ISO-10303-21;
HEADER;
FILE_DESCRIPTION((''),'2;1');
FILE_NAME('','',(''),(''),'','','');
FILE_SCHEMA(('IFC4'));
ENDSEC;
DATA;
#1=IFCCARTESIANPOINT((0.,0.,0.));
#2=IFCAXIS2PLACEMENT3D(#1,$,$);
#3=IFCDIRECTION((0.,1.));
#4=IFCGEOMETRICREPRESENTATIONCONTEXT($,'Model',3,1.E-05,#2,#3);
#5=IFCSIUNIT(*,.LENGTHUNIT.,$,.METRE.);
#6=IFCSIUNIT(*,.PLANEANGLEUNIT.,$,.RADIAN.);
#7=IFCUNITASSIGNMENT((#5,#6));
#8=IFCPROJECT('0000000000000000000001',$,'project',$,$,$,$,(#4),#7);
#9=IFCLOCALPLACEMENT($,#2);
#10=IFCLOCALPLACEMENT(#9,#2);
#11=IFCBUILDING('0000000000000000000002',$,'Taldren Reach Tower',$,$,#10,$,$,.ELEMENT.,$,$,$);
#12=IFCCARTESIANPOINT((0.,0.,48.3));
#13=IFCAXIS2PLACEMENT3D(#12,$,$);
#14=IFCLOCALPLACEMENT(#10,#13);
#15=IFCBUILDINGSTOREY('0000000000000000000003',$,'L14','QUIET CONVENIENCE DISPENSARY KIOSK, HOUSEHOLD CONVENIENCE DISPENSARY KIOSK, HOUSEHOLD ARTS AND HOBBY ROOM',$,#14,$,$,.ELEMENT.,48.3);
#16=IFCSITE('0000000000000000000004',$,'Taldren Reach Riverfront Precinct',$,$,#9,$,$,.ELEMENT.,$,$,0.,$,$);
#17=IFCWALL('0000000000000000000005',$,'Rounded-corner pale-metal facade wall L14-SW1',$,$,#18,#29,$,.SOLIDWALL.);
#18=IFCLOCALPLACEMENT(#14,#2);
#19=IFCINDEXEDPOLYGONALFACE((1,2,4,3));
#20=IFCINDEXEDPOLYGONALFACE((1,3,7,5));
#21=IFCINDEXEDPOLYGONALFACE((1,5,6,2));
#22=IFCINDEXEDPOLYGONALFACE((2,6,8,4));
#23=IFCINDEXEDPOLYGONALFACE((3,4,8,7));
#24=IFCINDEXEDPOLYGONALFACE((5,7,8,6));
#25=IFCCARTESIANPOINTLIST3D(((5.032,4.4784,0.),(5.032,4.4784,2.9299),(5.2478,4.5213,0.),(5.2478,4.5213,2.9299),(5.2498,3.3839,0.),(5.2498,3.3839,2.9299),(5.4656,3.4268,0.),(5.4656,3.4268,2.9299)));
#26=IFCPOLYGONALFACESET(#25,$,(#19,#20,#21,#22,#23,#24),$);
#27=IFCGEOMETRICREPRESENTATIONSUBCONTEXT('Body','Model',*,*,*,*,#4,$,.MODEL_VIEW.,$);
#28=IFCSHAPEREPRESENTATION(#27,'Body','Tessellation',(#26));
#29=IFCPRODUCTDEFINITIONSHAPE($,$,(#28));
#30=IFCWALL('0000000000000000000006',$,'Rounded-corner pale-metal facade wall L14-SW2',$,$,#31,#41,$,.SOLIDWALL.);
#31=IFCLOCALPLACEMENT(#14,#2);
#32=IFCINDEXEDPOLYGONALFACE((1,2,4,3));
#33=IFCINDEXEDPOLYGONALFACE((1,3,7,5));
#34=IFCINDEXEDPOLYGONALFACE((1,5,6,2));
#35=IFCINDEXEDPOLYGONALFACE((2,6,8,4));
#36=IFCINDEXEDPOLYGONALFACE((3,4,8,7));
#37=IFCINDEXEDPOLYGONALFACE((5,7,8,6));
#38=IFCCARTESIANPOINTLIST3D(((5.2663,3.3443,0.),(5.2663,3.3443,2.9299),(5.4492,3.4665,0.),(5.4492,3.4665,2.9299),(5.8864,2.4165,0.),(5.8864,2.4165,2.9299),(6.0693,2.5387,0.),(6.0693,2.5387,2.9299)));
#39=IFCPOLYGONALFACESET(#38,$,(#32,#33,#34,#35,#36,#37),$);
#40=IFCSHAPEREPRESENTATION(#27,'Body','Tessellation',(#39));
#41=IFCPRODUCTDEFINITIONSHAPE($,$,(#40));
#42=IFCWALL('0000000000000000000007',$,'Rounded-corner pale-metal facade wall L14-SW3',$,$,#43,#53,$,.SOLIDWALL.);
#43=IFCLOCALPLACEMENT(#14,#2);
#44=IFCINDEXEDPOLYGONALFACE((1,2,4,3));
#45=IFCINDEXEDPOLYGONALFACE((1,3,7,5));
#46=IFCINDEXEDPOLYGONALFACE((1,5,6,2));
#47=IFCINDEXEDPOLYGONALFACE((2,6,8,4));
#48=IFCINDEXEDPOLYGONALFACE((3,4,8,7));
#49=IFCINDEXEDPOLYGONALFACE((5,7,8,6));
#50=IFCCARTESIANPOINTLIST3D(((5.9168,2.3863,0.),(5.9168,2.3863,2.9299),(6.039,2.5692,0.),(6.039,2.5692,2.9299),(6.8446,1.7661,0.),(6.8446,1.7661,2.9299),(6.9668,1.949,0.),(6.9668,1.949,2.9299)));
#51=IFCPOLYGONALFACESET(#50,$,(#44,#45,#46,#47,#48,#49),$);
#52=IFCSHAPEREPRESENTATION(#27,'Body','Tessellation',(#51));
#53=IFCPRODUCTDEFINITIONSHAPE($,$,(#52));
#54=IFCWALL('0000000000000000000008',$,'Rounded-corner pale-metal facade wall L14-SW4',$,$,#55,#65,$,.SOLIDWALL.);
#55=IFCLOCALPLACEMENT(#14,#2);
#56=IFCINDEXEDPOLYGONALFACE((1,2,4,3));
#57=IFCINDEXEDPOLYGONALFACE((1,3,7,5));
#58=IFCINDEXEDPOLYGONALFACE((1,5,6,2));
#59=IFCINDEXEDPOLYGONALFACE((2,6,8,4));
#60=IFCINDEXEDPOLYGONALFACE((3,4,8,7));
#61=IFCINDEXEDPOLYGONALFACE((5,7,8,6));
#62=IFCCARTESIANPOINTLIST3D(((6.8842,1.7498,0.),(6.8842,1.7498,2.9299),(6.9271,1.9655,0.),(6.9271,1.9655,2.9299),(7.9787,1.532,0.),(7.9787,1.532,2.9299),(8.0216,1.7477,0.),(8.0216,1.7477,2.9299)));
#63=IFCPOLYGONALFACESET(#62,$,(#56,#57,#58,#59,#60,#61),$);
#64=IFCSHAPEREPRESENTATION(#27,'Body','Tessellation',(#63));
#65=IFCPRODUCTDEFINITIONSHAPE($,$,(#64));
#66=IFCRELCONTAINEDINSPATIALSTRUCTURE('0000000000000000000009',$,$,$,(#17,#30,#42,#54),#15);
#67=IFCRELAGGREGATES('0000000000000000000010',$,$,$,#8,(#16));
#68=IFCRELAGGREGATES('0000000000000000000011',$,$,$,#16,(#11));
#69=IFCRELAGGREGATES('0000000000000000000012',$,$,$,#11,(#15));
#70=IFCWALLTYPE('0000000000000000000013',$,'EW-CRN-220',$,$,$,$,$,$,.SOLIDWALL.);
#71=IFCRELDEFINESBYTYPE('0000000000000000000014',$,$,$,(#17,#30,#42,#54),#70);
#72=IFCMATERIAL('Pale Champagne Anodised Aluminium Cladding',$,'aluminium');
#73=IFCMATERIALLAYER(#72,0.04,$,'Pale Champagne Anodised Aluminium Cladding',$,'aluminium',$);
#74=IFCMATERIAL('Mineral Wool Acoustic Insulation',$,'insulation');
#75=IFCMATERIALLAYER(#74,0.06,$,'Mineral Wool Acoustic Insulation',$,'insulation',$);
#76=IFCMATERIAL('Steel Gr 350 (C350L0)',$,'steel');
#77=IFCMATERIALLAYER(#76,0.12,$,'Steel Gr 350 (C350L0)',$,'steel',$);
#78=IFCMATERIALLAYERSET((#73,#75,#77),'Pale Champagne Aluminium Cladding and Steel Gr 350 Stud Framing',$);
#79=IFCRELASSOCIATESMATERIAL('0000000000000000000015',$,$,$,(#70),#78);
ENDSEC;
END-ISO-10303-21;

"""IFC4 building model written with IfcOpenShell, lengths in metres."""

from ifc_helpers import new_model, si_unit, direction, frame, frame_2d, origin, place, context, subcontext, project, spatial, rectangle, extrude, source, transform, mapped, material, layer, layer_set, type_object, element, save


model = new_model("IFC4")

# Units and contexts
model_context = context("Model", 3, precision=1e-05, world=origin(), true_north=direction((0.0, 1.0)))
body_context = subcontext(model_context, "Body", "Model", "MODEL_VIEW")
ifc_project = project(units=[si_unit("LENGTHUNIT", "METRE"), si_unit("PLANEANGLEUNIT", "RADIAN")], contexts=[model_context])

# Site, building, storey
site_placement = place(None, origin())
site = spatial("IfcSite", under=ifc_project, at=site_placement, Name="Taldren Reach Riverfront Precinct", CompositionType="ELEMENT", RefElevation=0.0)
building_placement = place(site_placement, origin())
building = spatial("IfcBuilding", under=site, at=building_placement, Name="Taldren Reach Tower", CompositionType="ELEMENT")
storey_placement = place(building_placement, frame((0.0, 0.0, 48.3)))
storey = spatial("IfcBuildingStorey", under=building, at=storey_placement, Name="L14", Description="QUIET CONVENIENCE DISPENSARY KIOSK, HOUSEHOLD CONVENIENCE DISPENSARY KIOSK, HOUSEHOLD ARTS AND HOBBY ROOM", CompositionType="ELEMENT", Elevation=48.3)

# Shared definitions
ifc_material_1 = material(Name="Steel Gr 350 (C350L0)", Category="steel")

# Walls
ifc_material_2 = material(Name="Pale Champagne Anodised Aluminium Cladding", Category="aluminium")
ifc_layer_1 = layer(ifc_material_2, 0.04, Name="Pale Champagne Anodised Aluminium Cladding", Category="aluminium")
ifc_material_3 = material(Name="Mineral Wool Acoustic Insulation", Category="insulation")
ifc_layer_2 = layer(ifc_material_3, 0.06, Name="Mineral Wool Acoustic Insulation", Category="insulation")
ifc_layer_3 = layer(ifc_material_1, 0.12, Name="Steel Gr 350 (C350L0)", Category="steel")
ifc_layer_set_1 = layer_set([ifc_layer_1, ifc_layer_2, ifc_layer_3], Name="Pale Champagne Aluminium Cladding and Steel Gr 350 Stud Framing")
wall_type = type_object("IfcWallType", Name="EW-CRN-220", PredefinedType="SOLIDWALL", material=ifc_layer_set_1)
shared_shape_1 = source(origin(), body_context, "Body", "SweptSolid", [
    extrude(rectangle(XDim=1.116, YDim=0.22, at=frame_2d((0.5581, 0.0))), origin(), (0.0, 0.0, 1.0), 2.9299),
])
for number, where, z_axis, x_axis, name in (
    (1, (5.1399, 4.5, 0.0), (0.0, 0.0, 1.0), (0.195148, -0.980774, 0.0), "Rounded-corner pale-metal facade wall L14-SW1"),
    (2, (5.3577, 3.4055, 0.0), (0.0, 0.0, 1.0), (0.55571, -0.831377, 0.0), "Rounded-corner pale-metal facade wall L14-SW2"),
    (3, (5.9778, 2.4778, 0.0), (0.0, 0.0, 1.0), (0.831377, -0.55571, 0.0), "Rounded-corner pale-metal facade wall L14-SW3"),
    (4, (6.9055, 1.8577, 0.0), (0.0, 0.0, 1.0), (0.980774, -0.195148, 0.0), "Rounded-corner pale-metal facade wall L14-SW4"),
):
    element("IfcWall", number, at=place(storey_placement, frame(where, z_axis=z_axis, x_axis=x_axis)), inside=storey, type_object=wall_type, Name=name, PredefinedType="SOLIDWALL", context=body_context, shape_type="MappedRepresentation", body=[
        mapped(shared_shape_1, transform((0.0, 0.0, 0.0), scale=1.0)),
    ])

save(model, "model.ifc")
